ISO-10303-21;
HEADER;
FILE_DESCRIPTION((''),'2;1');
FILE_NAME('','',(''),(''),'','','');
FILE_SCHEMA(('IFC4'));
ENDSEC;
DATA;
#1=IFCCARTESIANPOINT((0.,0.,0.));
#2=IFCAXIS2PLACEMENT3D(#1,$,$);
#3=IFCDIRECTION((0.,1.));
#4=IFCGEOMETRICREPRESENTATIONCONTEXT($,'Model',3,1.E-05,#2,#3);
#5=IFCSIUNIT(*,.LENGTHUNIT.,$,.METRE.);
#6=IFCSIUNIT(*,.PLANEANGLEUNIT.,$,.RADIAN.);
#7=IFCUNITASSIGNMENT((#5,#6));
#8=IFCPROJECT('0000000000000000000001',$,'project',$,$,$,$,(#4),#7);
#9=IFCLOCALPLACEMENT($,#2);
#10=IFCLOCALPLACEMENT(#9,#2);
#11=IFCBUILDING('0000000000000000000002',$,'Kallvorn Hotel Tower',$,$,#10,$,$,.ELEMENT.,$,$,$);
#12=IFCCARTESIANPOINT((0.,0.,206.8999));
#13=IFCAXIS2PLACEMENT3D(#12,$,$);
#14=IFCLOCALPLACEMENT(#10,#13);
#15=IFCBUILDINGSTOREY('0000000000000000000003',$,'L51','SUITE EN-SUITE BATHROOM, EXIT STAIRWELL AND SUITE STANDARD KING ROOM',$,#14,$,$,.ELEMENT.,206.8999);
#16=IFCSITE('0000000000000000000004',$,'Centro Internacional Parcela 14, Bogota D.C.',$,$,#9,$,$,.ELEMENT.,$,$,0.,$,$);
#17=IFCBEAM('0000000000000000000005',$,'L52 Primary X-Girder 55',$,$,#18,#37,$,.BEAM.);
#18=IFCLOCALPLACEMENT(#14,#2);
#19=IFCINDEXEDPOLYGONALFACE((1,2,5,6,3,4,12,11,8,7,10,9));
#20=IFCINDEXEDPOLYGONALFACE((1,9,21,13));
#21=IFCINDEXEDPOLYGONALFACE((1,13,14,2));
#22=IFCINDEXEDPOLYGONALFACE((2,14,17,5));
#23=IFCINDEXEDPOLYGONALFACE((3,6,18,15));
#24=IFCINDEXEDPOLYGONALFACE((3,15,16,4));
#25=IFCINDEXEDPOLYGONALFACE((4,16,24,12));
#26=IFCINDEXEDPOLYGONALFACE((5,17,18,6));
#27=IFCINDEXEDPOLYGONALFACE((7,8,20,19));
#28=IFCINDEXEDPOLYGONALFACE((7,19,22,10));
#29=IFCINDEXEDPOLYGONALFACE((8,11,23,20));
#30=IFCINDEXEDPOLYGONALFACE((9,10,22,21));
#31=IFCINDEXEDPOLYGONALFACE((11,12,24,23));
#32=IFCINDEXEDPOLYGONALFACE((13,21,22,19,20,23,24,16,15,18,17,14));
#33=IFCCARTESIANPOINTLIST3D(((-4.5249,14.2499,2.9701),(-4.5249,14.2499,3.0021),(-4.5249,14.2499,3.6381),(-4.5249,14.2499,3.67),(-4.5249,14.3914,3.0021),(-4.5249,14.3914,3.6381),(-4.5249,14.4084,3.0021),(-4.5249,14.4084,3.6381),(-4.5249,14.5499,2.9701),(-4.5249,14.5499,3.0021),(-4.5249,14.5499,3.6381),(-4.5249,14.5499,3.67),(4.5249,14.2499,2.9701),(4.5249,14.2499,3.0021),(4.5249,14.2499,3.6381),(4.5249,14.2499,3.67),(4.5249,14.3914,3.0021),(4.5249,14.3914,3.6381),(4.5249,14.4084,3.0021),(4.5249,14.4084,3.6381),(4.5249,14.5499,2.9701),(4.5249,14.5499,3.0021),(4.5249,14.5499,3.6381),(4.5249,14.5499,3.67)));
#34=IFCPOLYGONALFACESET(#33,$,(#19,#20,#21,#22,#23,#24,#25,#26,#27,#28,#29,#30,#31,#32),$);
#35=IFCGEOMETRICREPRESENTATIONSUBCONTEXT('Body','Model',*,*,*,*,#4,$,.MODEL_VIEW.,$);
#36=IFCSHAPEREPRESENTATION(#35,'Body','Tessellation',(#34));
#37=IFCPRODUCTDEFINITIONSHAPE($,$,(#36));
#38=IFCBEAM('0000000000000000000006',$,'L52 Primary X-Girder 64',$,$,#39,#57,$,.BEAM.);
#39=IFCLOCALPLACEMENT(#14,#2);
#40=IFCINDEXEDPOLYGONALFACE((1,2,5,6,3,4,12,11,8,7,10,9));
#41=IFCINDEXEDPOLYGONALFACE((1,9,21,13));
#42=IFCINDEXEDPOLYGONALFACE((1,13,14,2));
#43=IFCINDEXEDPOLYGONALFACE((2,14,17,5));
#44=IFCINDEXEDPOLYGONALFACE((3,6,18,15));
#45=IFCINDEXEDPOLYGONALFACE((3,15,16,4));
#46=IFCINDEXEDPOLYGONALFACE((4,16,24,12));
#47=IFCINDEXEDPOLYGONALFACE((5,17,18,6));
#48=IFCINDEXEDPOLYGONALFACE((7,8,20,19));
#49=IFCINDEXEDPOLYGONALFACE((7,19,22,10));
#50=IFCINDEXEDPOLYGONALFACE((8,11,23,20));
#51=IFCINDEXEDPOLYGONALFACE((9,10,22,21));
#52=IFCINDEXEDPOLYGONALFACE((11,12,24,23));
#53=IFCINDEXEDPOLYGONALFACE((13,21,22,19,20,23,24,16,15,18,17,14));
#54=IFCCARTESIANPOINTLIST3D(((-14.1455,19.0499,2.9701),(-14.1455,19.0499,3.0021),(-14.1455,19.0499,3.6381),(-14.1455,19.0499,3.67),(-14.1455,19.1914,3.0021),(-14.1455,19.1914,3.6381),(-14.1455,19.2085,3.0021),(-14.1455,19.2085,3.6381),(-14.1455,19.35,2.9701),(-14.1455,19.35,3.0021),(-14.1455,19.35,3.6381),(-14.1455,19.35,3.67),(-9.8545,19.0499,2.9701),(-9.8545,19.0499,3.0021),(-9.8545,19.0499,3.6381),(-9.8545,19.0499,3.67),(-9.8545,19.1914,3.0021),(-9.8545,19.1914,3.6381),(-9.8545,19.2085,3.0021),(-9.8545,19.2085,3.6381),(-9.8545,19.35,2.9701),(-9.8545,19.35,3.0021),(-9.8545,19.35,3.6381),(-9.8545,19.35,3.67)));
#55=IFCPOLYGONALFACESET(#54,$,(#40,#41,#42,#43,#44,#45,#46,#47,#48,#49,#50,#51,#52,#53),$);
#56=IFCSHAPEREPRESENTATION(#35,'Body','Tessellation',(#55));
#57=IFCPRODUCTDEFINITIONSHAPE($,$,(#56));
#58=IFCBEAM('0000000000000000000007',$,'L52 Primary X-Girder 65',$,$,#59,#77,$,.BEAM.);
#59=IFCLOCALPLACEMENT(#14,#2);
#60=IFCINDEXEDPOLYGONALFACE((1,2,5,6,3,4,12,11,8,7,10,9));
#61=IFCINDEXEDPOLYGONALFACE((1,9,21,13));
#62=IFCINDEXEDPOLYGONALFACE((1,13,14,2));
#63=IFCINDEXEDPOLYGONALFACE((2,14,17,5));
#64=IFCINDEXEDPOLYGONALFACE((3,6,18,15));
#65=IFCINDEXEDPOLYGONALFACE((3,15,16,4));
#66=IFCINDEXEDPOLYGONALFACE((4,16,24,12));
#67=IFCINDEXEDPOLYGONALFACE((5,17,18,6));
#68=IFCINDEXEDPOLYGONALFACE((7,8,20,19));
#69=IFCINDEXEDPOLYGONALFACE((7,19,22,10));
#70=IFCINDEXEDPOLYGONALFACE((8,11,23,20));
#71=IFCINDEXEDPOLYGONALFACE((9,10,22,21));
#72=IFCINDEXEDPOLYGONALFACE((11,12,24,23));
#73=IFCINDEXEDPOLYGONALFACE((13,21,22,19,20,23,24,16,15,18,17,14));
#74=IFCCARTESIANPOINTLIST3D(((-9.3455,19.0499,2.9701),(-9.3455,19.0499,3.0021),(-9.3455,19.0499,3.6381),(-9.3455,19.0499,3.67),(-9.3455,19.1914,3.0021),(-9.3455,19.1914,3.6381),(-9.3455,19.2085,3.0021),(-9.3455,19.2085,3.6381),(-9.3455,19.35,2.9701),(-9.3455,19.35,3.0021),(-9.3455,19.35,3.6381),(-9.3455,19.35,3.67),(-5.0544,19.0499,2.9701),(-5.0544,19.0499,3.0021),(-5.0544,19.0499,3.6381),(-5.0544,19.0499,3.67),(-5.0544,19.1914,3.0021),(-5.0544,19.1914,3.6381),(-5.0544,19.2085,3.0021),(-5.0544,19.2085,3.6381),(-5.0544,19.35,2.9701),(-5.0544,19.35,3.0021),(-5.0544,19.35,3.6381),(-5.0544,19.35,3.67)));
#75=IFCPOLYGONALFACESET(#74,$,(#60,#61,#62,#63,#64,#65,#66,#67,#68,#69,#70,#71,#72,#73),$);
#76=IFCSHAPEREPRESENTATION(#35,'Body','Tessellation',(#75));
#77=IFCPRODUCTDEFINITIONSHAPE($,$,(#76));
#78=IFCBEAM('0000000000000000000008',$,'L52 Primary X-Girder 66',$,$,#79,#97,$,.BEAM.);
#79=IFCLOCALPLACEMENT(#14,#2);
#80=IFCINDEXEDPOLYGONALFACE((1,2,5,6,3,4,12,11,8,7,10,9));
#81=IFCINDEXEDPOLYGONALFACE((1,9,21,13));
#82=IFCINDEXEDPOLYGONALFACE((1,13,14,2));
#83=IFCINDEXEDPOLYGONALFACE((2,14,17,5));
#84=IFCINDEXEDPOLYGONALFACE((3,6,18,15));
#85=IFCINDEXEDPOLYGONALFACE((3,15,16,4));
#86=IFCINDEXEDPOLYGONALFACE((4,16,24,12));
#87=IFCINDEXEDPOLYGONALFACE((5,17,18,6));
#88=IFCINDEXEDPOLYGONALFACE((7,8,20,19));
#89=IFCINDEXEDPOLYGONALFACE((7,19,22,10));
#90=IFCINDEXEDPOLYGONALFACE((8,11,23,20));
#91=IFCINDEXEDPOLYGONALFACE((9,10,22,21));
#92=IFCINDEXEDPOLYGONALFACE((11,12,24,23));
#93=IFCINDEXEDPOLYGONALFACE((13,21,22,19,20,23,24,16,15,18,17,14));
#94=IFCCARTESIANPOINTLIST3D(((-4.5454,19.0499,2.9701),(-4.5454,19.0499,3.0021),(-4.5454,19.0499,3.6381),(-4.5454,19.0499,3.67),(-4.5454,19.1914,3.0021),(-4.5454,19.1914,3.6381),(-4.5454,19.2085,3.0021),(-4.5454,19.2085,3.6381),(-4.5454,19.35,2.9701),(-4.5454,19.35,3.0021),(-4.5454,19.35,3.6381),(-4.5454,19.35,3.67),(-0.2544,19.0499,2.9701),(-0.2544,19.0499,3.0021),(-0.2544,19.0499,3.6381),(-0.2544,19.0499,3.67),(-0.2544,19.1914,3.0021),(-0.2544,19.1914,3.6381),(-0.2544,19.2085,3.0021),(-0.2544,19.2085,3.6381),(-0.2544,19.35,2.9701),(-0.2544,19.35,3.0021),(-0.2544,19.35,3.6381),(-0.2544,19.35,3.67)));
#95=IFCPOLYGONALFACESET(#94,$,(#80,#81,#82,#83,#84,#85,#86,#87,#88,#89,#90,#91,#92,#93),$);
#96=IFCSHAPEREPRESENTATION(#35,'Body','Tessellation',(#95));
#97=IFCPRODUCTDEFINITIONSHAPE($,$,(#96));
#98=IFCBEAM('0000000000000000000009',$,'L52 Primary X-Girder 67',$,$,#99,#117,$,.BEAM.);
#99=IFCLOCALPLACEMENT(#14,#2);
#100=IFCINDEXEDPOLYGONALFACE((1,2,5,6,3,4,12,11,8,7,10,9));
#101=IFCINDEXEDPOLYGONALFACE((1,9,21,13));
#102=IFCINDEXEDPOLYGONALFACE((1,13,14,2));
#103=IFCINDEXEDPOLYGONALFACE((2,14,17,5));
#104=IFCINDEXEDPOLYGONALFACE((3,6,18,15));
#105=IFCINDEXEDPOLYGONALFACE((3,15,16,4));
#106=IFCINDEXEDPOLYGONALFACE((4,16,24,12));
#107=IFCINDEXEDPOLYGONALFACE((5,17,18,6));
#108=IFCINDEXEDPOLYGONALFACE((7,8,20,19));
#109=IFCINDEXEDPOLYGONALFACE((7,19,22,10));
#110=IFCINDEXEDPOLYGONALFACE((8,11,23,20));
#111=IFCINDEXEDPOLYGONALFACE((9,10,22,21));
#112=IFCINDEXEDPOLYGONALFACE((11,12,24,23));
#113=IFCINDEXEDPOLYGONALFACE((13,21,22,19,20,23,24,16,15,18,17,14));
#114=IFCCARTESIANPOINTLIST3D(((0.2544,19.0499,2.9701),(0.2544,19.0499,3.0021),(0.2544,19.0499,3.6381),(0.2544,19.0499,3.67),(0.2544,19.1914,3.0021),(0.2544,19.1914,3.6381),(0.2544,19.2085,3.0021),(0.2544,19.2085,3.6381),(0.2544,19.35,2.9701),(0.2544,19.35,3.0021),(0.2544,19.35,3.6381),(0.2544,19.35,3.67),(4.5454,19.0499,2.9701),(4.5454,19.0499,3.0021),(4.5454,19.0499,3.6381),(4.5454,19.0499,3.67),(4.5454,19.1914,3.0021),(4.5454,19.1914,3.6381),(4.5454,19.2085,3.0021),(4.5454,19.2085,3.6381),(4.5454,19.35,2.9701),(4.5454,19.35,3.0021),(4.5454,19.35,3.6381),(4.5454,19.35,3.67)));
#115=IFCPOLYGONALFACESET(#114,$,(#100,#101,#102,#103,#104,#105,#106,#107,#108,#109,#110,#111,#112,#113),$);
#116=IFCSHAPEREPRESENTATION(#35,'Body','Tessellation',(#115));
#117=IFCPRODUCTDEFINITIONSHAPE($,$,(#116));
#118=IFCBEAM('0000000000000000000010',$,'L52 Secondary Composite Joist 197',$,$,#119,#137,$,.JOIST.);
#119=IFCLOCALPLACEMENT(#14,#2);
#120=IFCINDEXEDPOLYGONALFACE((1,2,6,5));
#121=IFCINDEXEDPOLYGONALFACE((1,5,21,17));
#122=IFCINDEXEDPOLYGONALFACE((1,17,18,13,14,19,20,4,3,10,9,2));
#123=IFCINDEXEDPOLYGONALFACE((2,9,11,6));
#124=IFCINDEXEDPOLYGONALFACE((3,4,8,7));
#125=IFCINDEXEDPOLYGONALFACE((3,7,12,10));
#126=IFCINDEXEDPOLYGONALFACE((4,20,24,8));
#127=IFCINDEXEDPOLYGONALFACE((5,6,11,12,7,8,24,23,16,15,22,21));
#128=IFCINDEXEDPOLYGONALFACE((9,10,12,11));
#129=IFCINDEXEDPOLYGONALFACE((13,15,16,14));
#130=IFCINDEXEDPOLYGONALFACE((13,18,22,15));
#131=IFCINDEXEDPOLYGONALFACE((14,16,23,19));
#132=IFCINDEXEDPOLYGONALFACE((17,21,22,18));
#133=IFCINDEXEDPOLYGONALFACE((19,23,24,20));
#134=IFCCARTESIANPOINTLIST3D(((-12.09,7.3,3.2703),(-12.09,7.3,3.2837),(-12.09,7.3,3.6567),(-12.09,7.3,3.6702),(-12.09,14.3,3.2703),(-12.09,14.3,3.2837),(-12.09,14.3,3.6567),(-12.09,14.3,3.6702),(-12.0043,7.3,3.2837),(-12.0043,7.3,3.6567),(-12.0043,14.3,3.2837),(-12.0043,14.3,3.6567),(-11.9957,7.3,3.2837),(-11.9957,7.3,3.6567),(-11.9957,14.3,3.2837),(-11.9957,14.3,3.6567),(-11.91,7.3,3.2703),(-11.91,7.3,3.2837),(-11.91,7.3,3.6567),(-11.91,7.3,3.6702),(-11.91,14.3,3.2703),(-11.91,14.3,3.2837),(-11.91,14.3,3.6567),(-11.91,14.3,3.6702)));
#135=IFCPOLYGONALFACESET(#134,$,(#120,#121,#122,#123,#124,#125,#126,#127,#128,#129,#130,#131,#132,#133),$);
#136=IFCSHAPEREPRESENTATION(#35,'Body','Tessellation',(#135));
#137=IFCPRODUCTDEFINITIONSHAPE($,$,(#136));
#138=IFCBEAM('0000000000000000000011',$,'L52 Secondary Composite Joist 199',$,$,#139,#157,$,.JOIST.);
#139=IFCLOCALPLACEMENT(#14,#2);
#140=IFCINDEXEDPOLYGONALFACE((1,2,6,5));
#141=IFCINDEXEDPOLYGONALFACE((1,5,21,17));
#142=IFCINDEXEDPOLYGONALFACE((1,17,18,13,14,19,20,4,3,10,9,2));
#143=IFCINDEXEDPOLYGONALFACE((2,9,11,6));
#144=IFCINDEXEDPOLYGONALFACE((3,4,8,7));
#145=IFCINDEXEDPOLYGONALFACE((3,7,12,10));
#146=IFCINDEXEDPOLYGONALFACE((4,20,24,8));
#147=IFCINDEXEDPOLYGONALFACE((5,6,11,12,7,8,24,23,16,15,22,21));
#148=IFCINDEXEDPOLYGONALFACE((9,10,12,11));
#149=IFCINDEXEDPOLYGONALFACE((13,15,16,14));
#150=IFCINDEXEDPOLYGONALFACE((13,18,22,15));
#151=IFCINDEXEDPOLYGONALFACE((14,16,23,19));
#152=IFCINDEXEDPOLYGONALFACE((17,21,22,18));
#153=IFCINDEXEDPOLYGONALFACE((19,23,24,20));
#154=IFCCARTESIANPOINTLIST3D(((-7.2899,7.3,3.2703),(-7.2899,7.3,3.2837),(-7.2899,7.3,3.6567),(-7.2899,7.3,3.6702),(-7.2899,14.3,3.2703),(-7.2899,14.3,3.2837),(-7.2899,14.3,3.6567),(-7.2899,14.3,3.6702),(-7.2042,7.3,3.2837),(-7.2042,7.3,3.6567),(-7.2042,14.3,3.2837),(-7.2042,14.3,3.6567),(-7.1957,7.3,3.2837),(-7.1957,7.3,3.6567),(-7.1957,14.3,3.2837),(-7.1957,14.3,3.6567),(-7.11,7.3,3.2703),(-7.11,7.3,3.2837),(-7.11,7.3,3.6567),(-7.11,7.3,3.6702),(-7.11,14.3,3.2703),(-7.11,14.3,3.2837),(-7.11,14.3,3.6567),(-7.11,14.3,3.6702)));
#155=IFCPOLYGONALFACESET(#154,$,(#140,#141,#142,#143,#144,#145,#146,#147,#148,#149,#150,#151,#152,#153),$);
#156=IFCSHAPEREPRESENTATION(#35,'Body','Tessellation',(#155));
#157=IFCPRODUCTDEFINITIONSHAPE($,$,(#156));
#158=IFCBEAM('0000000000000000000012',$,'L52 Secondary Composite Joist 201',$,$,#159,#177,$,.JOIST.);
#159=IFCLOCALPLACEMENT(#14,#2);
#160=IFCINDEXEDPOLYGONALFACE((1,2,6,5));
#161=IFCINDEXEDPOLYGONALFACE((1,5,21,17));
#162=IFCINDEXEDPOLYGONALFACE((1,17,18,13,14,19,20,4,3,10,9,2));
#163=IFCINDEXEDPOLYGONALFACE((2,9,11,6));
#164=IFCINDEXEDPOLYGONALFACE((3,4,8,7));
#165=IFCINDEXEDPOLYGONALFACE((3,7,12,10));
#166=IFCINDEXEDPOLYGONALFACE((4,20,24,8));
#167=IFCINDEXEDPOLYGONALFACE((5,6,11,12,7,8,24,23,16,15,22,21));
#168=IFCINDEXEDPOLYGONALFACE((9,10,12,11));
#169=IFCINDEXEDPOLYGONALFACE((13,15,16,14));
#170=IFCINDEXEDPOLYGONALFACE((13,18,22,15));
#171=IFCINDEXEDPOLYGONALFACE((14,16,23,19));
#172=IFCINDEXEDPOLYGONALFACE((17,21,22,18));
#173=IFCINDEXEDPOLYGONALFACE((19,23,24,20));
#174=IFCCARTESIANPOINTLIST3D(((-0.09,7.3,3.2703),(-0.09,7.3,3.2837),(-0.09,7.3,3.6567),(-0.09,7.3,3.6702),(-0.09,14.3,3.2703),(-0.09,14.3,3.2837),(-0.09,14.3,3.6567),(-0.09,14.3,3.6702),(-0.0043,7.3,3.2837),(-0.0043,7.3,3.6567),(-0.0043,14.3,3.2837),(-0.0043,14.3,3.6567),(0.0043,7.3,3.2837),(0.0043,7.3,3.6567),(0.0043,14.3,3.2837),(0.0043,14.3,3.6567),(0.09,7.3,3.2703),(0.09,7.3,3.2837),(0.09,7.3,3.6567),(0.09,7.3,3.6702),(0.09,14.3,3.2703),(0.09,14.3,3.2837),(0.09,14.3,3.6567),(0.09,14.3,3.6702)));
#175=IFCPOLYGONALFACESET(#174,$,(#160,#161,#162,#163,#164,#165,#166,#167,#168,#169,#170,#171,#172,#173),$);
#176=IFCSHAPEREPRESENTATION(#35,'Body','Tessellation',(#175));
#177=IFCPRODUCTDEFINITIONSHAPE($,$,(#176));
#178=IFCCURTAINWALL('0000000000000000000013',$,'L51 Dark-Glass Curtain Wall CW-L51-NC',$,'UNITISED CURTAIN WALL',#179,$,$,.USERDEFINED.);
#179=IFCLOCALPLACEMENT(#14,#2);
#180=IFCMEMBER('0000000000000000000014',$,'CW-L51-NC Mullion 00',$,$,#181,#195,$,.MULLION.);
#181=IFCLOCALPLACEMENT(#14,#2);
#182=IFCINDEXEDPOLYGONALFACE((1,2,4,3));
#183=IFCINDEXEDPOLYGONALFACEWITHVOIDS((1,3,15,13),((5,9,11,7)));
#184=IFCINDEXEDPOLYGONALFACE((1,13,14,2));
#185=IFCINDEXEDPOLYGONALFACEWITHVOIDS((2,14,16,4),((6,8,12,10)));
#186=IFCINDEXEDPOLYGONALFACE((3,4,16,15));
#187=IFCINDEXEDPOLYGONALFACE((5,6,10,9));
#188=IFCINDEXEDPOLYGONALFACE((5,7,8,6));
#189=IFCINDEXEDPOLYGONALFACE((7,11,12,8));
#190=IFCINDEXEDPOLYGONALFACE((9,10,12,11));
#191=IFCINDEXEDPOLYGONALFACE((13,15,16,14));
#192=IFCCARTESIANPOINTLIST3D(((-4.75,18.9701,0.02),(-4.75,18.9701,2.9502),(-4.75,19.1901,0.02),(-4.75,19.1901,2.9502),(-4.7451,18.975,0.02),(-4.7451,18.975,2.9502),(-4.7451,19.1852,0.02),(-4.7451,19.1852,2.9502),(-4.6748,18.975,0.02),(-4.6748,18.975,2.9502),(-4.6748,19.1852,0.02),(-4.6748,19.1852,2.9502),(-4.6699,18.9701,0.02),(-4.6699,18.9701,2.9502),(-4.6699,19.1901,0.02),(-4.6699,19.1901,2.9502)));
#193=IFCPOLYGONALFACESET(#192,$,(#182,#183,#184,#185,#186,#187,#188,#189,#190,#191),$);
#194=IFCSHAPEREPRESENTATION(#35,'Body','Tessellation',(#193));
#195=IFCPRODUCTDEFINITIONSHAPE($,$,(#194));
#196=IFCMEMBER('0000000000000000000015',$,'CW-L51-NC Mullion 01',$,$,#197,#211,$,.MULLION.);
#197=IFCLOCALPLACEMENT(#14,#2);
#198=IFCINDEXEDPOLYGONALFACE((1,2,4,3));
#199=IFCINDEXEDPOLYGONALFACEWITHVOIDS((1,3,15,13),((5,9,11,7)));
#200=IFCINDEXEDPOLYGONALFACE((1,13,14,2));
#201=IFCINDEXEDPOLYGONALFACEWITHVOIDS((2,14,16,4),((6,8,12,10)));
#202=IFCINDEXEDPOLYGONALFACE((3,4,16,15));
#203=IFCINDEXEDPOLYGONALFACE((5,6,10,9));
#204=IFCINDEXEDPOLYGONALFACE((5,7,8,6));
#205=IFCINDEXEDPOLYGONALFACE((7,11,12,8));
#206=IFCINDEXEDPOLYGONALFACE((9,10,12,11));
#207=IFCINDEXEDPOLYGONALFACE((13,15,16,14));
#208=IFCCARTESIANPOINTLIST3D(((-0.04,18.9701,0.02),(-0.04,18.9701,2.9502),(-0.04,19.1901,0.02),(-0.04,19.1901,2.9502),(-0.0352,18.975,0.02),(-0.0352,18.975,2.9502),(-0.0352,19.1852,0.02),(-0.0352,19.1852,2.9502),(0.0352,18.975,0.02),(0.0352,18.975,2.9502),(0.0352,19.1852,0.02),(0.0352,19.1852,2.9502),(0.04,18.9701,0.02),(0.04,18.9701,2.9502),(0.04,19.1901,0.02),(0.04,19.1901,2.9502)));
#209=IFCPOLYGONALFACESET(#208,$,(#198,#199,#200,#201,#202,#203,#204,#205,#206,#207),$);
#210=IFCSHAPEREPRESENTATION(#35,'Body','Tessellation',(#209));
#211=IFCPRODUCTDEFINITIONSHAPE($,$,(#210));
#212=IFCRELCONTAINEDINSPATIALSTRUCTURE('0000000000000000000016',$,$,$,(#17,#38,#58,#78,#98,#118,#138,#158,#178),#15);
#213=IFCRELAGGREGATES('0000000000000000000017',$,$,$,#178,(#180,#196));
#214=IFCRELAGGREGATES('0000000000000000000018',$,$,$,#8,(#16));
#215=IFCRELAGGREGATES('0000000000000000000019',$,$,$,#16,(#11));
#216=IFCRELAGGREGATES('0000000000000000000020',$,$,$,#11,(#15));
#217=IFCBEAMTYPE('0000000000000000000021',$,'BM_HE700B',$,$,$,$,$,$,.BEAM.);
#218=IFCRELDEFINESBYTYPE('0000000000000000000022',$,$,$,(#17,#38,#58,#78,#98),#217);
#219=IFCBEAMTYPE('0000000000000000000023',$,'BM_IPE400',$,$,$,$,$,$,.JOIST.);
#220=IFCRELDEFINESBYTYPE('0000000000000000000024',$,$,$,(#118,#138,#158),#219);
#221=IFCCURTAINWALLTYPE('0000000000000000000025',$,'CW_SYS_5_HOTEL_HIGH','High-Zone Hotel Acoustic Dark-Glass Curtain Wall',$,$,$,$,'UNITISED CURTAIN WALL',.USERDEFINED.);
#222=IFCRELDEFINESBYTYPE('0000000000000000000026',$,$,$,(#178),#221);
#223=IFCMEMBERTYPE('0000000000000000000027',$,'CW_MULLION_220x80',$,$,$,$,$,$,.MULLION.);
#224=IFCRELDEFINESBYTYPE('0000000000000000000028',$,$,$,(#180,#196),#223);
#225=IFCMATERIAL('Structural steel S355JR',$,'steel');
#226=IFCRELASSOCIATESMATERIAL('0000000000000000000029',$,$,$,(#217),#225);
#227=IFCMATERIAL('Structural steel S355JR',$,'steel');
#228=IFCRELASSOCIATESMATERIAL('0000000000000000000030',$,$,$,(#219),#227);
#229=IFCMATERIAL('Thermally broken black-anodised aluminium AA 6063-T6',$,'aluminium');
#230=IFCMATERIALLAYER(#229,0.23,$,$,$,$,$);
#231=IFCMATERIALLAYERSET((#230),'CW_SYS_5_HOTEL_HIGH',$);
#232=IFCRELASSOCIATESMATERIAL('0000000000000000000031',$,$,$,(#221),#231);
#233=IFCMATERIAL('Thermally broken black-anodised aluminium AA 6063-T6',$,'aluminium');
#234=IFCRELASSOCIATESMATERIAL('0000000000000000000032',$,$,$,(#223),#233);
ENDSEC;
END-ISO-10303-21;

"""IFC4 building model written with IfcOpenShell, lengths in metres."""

from ifc_helpers import new_model, si_unit, direction, frame, origin, origin_2d, place, context, subcontext, project, spatial, hollow_rectangle, i_section, extrude, material, layer, layer_set, material_profile, profile_set, type_object, element, aggregate, save


model = new_model("IFC4")

# Units and contexts
model_context = context("Model", 3, precision=1e-05, world=origin(), true_north=direction((0.0, 1.0)))
body_context = subcontext(model_context, "Body", "Model", "MODEL_VIEW")
ifc_project = project(units=[si_unit("LENGTHUNIT", "METRE"), si_unit("PLANEANGLEUNIT", "RADIAN")], contexts=[model_context])

# Site, building, storey
site_placement = place(None, origin())
site = spatial("IfcSite", under=ifc_project, at=site_placement, Name="Centro Internacional Parcela 14, Bogota D.C.", CompositionType="ELEMENT", RefElevation=0.0)
building_placement = place(site_placement, origin())
building = spatial("IfcBuilding", under=site, at=building_placement, Name="Kallvorn Hotel Tower", CompositionType="ELEMENT")
storey_placement = place(building_placement, frame((0.0, 0.0, 206.8999)))
storey = spatial("IfcBuildingStorey", under=building, at=storey_placement, Name="L51", Description="SUITE EN-SUITE BATHROOM, EXIT STAIRWELL AND SUITE STANDARD KING ROOM", CompositionType="ELEMENT", Elevation=206.8999)

# Beams
ifc_material_1 = material(Name="Structural steel S355JR", Category="steel")
ifc_material_profile_1 = material_profile(ifc_material_1, i_section(OverallWidth=0.3, OverallDepth=0.7, WebThickness=0.0171, FlangeThickness=0.032, at=origin_2d()), Name="HE 700 B")
ifc_profile_set_1 = profile_set([ifc_material_profile_1], Name="Structural steel S355JR")
beam_type_1 = type_object("IfcBeamType", Name="BM_HE700B", PredefinedType="BEAM", material=ifc_profile_set_1)
beam_1_placement = place(storey_placement, frame((-4.5249, 14.3999, 3.3201), z_axis=(1.0, 0.0, 0.0), x_axis=(0.0, 1.0, 0.0)))
element("IfcBeam", 1, at=beam_1_placement, inside=storey, type_object=beam_type_1, Name="L52 Primary X-Girder 55", PredefinedType="BEAM", context=body_context, shape_type="SweptSolid", body=[
    extrude(i_section(OverallWidth=0.3, OverallDepth=0.7, WebThickness=0.0171, FlangeThickness=0.032, at=origin_2d()), origin(), (0.0, 0.0, 1.0), 9.0498),
])
for number, where, z_axis, x_axis, name in (
    (2, (-14.1455, 19.2, 3.3201), (1.0, 0.0, 0.0), (0.0, 1.0, 0.0), "L52 Primary X-Girder 64"),
    (3, (-9.3455, 19.2, 3.3201), (1.0, 0.0, 0.0), (0.0, 1.0, 0.0), "L52 Primary X-Girder 65"),
    (4, (-4.5454, 19.2, 3.3201), (1.0, 0.0, 0.0), (0.0, 1.0, 0.0), "L52 Primary X-Girder 66"),
    (5, (0.2544, 19.2, 3.3201), (1.0, 0.0, 0.0), (0.0, 1.0, 0.0), "L52 Primary X-Girder 67"),
):
    element("IfcBeam", number, at=place(storey_placement, frame(where, z_axis=z_axis, x_axis=x_axis)), inside=storey, type_object=beam_type_1, Name=name, PredefinedType="BEAM", context=body_context, shape_type="SweptSolid", body=[
        extrude(i_section(OverallWidth=0.3, OverallDepth=0.7, WebThickness=0.0171, FlangeThickness=0.032, at=origin_2d()), origin(), (0.0, 0.0, 1.0), 4.291),
    ])
ifc_material_2 = material(Name="Structural steel S355JR", Category="steel")
ifc_material_profile_2 = material_profile(ifc_material_2, i_section(OverallWidth=0.1799, OverallDepth=0.3999, WebThickness=0.0085, FlangeThickness=0.0134, at=origin_2d()), Name="IPE 400")
ifc_profile_set_2 = profile_set([ifc_material_profile_2], Name="Structural steel S355JR")
beam_type_2 = type_object("IfcBeamType", Name="BM_IPE400", PredefinedType="JOIST", material=ifc_profile_set_2)
for number, where, z_axis, x_axis, name in (
    (6, (-12.0, 7.3, 3.4702), (0.0, 1.0, 0.0), (-1.0, 0.0, 0.0), "L52 Secondary Composite Joist 197"),
    (7, (-7.2, 7.3, 3.4702), (0.0, 1.0, 0.0), (-1.0, 0.0, 0.0), "L52 Secondary Composite Joist 199"),
    (8, (0.0, 7.3, 3.4702), (0.0, 1.0, 0.0), (-1.0, 0.0, 0.0), "L52 Secondary Composite Joist 201"),
):
    element("IfcBeam", number, at=place(storey_placement, frame(where, z_axis=z_axis, x_axis=x_axis)), inside=storey, type_object=beam_type_2, Name=name, PredefinedType="JOIST", context=body_context, shape_type="SweptSolid", body=[
        extrude(i_section(OverallWidth=0.1799, OverallDepth=0.3999, WebThickness=0.0085, FlangeThickness=0.0134, at=origin_2d()), origin(), (0.0, 0.0, 1.0), 7.0),
    ])

# Curtain wall, members
ifc_material_3 = material(Name="Thermally broken black-anodised aluminium AA 6063-T6", Category="aluminium")
ifc_layer_1 = layer(ifc_material_3, 0.23)
ifc_layer_set_1 = layer_set([ifc_layer_1], Name="CW_SYS_5_HOTEL_HIGH")
curtain_wall_type = type_object("IfcCurtainWallType", Name="CW_SYS_5_HOTEL_HIGH", Description="High-Zone Hotel Acoustic Dark-Glass Curtain Wall", ElementType="UNITISED CURTAIN WALL", PredefinedType="USERDEFINED", material=ifc_layer_set_1)
curtain_wall_placement = place(storey_placement, origin())
curtain_wall = element("IfcCurtainWall", 9, at=curtain_wall_placement, inside=storey, type_object=curtain_wall_type, Name="L51 Dark-Glass Curtain Wall CW-L51-NC", ObjectType="UNITISED CURTAIN WALL", PredefinedType="USERDEFINED")
ifc_material_4 = material(Name="Thermally broken black-anodised aluminium AA 6063-T6", Category="aluminium")
ifc_material_profile_3 = material_profile(ifc_material_4, hollow_rectangle(XDim=0.0801, YDim=0.22, WallThickness=0.0049, at=origin_2d()), Name="MUL 220x80")
ifc_profile_set_3 = profile_set([ifc_material_profile_3], Name="Thermally broken black-anodised aluminium AA 6063-T6")
member_type_1 = type_object("IfcMemberType", Name="CW_MULLION_220x80", PredefinedType="MULLION", material=ifc_profile_set_3)
member_1_placement = place(storey_placement, frame((-4.71, 19.0801, 0.02), z_axis=(0.0, 0.0, 1.0), x_axis=(1.0, 0.0, 0.0)))
member_1 = element("IfcMember", 10, at=member_1_placement, type_object=member_type_1, Name="CW-L51-NC Mullion 00", PredefinedType="MULLION", context=body_context, shape_type="SweptSolid", body=[
    extrude(hollow_rectangle(XDim=0.0801, YDim=0.22, WallThickness=0.0049, at=origin_2d()), origin(), (0.0, 0.0, 1.0), 2.9302),
])
member_2_placement = place(storey_placement, frame((0.0, 19.0801, 0.02), z_axis=(0.0, 0.0, 1.0), x_axis=(1.0, 0.0, 0.0)))
member_2 = element("IfcMember", 11, at=member_2_placement, type_object=member_type_1, Name="CW-L51-NC Mullion 01", PredefinedType="MULLION", context=body_context, shape_type="SweptSolid", body=[
    extrude(hollow_rectangle(XDim=0.0801, YDim=0.22, WallThickness=0.0049, at=origin_2d()), origin(), (0.0, 0.0, 1.0), 2.9302),
])
aggregate(curtain_wall, [member_1, member_2])

save(model, "model.ifc")
